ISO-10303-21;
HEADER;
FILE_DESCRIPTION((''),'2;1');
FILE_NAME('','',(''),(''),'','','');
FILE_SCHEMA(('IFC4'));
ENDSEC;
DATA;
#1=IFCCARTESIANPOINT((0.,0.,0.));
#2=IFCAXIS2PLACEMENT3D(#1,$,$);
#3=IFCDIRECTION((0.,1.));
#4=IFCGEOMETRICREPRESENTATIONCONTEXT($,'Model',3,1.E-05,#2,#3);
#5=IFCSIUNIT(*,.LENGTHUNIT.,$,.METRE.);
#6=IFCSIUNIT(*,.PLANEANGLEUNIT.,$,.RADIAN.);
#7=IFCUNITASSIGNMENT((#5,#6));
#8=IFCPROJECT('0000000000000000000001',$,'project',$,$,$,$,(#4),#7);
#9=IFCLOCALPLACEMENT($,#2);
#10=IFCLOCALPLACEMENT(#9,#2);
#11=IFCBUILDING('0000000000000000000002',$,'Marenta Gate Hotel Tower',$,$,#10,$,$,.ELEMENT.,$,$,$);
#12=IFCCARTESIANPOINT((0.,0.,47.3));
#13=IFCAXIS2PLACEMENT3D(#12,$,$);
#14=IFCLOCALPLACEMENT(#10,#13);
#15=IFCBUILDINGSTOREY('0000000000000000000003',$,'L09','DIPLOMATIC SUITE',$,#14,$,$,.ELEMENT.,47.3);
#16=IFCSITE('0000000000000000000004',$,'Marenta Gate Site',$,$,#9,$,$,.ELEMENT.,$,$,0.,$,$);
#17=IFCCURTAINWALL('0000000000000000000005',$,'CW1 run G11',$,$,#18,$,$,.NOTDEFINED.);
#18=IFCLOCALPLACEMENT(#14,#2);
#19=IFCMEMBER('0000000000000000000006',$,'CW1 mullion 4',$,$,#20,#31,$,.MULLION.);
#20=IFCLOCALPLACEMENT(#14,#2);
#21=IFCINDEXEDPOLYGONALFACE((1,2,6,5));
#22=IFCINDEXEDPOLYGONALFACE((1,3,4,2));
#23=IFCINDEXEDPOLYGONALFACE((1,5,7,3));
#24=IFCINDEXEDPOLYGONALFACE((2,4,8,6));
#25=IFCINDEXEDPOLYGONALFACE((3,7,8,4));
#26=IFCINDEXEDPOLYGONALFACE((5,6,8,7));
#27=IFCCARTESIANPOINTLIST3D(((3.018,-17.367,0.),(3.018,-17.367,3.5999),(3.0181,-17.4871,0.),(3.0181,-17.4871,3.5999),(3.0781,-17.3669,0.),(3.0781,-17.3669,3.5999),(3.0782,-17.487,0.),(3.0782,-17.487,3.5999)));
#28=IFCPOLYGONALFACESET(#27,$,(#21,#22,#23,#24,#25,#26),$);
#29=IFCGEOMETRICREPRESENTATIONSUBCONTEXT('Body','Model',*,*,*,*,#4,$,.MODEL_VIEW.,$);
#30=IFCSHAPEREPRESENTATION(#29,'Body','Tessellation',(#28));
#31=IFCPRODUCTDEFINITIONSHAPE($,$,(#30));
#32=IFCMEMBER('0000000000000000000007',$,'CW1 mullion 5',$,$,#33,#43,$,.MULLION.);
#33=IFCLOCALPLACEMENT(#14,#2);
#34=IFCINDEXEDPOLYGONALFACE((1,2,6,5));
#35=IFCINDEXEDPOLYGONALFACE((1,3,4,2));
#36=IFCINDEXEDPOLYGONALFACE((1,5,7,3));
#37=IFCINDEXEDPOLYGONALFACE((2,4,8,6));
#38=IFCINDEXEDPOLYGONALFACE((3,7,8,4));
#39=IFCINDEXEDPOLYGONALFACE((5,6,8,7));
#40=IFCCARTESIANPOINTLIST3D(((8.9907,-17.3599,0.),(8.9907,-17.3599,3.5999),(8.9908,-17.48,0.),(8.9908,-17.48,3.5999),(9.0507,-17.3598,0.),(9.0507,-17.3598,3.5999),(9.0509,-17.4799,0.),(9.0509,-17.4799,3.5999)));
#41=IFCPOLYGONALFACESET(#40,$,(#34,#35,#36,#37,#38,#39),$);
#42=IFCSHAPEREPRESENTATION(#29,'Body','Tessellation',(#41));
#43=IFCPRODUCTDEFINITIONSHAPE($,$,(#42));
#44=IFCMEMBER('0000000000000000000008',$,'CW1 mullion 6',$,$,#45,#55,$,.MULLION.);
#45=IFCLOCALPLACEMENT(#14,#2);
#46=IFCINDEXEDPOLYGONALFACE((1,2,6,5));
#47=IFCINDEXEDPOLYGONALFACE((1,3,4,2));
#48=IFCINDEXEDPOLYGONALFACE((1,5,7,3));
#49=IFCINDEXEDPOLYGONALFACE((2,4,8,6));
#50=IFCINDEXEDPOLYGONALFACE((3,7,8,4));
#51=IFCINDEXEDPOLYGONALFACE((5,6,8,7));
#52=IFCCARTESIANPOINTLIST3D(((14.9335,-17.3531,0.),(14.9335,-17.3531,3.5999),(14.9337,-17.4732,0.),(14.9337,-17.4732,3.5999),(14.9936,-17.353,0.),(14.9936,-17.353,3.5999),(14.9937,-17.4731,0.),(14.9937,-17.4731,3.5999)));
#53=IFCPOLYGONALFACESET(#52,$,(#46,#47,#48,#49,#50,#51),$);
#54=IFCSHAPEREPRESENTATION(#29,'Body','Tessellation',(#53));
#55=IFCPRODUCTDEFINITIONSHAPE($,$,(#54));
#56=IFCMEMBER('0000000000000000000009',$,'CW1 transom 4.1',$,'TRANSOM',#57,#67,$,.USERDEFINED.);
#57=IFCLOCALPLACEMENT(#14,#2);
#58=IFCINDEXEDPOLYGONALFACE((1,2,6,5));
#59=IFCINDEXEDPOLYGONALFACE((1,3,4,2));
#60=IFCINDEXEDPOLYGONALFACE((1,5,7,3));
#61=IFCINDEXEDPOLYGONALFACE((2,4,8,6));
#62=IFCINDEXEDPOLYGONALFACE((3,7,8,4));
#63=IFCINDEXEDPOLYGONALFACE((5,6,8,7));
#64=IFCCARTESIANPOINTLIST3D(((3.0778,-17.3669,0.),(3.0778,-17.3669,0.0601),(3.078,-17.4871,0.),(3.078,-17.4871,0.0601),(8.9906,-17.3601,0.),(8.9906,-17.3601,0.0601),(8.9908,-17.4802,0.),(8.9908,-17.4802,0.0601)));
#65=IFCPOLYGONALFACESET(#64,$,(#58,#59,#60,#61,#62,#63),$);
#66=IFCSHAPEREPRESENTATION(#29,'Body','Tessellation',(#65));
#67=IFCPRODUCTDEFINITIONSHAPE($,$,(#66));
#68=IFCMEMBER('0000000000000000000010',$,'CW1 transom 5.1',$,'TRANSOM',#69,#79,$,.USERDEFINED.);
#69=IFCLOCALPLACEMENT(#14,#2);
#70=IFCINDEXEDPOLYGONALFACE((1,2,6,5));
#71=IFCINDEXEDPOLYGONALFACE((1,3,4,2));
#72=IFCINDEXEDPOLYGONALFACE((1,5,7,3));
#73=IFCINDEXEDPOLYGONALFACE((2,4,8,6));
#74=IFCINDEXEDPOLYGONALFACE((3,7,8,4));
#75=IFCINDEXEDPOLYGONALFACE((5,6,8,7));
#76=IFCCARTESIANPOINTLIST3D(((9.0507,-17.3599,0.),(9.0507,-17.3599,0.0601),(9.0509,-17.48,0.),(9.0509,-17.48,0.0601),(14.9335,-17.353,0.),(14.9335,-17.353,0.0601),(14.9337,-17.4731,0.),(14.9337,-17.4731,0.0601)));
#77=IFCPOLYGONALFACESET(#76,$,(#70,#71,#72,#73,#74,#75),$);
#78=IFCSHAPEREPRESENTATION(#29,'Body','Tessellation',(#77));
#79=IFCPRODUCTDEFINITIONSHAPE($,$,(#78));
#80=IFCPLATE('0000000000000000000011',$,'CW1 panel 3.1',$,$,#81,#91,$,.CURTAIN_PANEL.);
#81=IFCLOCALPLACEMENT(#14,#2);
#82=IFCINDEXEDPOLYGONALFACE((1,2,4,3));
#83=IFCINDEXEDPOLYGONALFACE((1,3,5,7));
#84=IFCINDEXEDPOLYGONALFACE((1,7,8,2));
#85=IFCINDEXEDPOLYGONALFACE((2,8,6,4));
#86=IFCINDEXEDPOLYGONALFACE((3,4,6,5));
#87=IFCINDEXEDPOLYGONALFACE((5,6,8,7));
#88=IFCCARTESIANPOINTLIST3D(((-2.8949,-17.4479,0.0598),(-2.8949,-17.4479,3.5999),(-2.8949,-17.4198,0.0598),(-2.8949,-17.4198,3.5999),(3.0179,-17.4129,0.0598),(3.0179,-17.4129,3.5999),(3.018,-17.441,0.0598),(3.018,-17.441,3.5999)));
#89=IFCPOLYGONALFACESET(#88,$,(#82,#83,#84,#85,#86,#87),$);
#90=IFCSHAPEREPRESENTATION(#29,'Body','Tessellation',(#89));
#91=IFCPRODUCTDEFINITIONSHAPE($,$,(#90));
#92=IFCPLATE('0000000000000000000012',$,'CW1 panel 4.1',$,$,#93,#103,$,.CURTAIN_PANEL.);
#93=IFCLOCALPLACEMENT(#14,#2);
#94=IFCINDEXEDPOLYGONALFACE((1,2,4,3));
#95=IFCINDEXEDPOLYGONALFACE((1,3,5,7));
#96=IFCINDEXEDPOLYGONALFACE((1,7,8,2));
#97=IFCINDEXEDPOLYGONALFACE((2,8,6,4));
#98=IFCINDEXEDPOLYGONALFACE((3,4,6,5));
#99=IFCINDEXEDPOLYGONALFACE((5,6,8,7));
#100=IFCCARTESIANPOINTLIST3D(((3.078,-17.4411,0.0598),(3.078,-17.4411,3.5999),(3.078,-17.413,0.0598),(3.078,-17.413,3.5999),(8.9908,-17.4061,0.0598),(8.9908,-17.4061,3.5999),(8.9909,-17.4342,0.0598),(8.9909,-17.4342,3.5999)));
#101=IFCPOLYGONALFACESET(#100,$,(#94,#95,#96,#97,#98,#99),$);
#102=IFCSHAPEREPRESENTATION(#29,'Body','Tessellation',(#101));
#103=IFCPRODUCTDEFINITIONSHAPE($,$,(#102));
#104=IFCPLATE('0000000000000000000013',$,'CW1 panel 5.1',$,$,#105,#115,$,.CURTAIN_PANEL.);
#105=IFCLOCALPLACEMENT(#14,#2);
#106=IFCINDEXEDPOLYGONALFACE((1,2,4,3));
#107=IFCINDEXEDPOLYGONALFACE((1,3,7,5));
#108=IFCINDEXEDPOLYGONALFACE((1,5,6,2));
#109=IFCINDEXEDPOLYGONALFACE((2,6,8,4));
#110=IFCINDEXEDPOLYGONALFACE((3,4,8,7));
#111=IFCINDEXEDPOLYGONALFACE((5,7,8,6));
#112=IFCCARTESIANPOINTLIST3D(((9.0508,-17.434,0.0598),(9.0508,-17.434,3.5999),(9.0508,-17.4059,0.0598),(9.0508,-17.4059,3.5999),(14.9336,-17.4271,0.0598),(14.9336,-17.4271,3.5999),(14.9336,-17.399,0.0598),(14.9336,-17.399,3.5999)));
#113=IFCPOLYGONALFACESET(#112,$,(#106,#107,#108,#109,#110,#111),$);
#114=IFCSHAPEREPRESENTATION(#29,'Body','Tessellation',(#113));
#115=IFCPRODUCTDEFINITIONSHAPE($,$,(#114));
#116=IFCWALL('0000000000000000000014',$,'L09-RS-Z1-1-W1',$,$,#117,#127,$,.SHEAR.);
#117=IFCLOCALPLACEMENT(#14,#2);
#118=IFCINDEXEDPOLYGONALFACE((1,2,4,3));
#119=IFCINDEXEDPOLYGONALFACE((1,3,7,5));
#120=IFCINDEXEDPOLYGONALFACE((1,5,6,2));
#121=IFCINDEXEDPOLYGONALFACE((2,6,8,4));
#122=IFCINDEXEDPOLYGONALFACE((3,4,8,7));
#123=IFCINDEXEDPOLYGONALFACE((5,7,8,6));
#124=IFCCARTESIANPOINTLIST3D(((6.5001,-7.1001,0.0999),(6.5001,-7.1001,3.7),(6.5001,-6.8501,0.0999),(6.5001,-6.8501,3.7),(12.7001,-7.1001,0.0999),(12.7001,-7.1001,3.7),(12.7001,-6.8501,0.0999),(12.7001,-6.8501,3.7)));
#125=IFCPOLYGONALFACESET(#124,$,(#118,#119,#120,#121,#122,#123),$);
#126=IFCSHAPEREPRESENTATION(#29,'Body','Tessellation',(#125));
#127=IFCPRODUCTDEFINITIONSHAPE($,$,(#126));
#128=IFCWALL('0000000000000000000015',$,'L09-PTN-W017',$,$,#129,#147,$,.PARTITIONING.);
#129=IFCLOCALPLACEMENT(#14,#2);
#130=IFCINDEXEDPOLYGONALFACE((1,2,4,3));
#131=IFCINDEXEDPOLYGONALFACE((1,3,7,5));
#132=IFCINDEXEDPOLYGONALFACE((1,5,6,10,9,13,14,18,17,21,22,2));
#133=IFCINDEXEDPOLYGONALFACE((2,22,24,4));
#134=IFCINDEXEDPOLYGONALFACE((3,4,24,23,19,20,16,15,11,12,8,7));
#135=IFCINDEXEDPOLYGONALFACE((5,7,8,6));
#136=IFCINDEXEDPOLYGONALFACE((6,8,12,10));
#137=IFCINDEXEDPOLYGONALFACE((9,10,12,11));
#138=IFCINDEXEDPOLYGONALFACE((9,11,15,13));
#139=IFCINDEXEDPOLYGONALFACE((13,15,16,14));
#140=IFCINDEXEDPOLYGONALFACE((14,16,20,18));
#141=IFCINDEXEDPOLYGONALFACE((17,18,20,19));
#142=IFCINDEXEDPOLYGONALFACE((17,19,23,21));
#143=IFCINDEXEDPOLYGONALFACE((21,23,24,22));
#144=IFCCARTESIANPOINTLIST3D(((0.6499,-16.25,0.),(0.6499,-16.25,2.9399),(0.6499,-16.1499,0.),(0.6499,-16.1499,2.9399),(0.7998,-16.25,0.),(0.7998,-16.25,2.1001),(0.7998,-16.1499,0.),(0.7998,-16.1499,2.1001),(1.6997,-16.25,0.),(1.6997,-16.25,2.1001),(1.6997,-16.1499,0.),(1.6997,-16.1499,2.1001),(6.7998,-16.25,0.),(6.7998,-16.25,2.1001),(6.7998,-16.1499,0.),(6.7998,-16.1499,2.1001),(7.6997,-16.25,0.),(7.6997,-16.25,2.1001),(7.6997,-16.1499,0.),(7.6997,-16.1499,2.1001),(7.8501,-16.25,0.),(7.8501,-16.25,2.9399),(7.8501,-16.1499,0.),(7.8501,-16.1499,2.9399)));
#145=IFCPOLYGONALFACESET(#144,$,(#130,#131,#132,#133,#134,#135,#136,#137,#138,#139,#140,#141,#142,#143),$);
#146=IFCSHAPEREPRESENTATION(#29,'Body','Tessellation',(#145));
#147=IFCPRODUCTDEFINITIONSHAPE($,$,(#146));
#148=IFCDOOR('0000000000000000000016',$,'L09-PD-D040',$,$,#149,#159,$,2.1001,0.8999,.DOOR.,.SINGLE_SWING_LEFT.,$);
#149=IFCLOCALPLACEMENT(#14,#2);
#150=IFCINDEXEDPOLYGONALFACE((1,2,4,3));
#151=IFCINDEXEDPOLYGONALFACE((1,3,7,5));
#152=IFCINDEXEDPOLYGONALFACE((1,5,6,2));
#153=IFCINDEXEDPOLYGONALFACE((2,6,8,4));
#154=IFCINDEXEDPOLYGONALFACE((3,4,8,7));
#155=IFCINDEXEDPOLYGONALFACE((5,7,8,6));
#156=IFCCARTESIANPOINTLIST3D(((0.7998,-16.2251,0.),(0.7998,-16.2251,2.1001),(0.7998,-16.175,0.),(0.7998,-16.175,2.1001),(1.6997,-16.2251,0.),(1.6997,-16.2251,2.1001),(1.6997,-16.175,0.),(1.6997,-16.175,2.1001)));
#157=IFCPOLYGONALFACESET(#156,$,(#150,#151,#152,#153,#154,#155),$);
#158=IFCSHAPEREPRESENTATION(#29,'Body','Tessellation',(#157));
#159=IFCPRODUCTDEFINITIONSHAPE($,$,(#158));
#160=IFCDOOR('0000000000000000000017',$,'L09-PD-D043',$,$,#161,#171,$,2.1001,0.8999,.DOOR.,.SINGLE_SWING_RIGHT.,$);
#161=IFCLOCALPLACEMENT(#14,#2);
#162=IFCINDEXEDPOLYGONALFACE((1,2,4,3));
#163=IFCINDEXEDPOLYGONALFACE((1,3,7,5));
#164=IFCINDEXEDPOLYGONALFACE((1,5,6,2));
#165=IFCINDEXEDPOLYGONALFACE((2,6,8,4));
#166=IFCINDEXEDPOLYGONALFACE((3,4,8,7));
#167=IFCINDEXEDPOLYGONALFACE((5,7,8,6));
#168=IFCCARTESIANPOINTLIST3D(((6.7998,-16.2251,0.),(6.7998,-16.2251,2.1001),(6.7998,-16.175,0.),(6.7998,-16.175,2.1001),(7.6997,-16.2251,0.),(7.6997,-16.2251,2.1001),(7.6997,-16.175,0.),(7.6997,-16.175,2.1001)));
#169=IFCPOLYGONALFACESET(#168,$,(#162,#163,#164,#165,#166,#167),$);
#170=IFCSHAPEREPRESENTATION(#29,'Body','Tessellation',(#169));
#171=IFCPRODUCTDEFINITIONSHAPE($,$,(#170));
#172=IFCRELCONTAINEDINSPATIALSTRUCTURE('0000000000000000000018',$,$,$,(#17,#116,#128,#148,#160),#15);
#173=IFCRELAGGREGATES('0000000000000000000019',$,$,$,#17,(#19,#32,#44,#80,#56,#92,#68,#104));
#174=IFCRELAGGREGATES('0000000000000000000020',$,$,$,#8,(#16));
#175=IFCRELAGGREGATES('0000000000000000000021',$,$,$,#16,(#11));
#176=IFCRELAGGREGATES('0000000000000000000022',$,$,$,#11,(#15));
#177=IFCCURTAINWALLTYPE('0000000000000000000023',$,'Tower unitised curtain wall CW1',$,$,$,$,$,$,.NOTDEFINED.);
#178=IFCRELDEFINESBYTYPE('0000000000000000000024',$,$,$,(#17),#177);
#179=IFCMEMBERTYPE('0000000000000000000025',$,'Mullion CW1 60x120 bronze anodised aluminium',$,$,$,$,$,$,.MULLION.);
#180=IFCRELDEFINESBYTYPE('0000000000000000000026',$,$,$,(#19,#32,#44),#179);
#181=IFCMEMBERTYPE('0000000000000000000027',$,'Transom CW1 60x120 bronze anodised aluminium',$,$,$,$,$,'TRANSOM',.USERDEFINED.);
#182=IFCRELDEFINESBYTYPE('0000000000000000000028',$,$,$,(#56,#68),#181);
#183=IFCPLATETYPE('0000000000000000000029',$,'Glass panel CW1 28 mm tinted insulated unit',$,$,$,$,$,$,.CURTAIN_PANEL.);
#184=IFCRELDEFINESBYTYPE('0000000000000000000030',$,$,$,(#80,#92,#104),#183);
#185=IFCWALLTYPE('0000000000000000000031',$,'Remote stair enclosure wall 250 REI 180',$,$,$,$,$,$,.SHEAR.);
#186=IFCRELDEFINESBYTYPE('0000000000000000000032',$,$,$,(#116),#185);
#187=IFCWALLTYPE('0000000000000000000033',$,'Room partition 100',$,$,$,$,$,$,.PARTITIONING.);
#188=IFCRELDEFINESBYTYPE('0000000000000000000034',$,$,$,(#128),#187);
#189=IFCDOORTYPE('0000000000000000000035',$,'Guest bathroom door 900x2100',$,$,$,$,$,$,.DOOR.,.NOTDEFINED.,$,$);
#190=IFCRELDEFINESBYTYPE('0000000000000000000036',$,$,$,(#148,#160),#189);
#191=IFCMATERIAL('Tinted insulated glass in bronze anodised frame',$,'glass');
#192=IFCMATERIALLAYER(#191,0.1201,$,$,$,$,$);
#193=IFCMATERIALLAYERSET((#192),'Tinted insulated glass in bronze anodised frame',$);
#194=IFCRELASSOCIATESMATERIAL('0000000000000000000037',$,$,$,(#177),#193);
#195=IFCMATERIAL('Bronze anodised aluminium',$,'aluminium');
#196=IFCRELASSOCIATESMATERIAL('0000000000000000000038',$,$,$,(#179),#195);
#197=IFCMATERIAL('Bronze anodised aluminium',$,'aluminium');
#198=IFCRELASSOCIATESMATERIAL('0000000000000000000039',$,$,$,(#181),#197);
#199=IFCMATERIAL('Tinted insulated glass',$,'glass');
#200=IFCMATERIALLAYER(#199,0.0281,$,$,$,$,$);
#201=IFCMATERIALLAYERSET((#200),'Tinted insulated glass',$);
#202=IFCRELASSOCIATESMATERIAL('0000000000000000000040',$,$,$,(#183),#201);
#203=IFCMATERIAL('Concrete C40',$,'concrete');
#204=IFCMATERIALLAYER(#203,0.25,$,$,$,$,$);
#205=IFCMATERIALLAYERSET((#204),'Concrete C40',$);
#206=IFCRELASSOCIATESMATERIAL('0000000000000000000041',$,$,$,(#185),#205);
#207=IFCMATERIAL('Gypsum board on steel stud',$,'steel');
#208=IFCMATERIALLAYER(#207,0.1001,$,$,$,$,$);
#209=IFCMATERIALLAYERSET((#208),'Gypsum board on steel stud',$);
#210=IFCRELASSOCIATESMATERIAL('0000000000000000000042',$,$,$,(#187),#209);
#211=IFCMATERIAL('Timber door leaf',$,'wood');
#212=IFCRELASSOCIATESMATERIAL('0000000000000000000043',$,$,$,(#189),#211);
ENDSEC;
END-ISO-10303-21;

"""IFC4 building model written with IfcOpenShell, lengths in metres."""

from ifc_helpers import new_model, si_unit, direction, frame, frame_2d, origin, origin_2d, place, context, subcontext, project, spatial, rectangle, extrude, material, layer, layer_set, material_profile, profile_set, type_object, element, fill, aggregate, save


model = new_model("IFC4")

# Units and contexts
model_context = context("Model", 3, precision=1e-05, world=origin(), true_north=direction((0.0, 1.0)))
body_context = subcontext(model_context, "Body", "Model", "MODEL_VIEW")
ifc_project = project(units=[si_unit("LENGTHUNIT", "METRE"), si_unit("PLANEANGLEUNIT", "RADIAN")], contexts=[model_context])

# Site, building, storey
site_placement = place(None, origin())
site = spatial("IfcSite", under=ifc_project, at=site_placement, Name="Marenta Gate Site", CompositionType="ELEMENT", RefElevation=0.0)
building_placement = place(site_placement, origin())
building = spatial("IfcBuilding", under=site, at=building_placement, Name="Marenta Gate Hotel Tower", CompositionType="ELEMENT")
storey_placement = place(building_placement, frame((0.0, 0.0, 47.3)))
storey = spatial("IfcBuildingStorey", under=building, at=storey_placement, Name="L09", Description="DIPLOMATIC SUITE", CompositionType="ELEMENT", Elevation=47.3)

# Curtain wall, members, plates
ifc_material_1 = material(Name="Tinted insulated glass in bronze anodised frame", Category="glass")
ifc_layer_1 = layer(ifc_material_1, 0.1201)
ifc_layer_set_1 = layer_set([ifc_layer_1], Name="Tinted insulated glass in bronze anodised frame")
curtain_wall_type = type_object("IfcCurtainWallType", Name="Tower unitised curtain wall CW1", PredefinedType="NOTDEFINED", material=ifc_layer_set_1)
curtain_wall_placement = place(storey_placement, origin())
curtain_wall = element("IfcCurtainWall", 1, at=curtain_wall_placement, inside=storey, type_object=curtain_wall_type, Name="CW1 run G11", PredefinedType="NOTDEFINED")
ifc_material_2 = material(Name="Bronze anodised aluminium", Category="aluminium")
ifc_material_profile_1 = material_profile(ifc_material_2, rectangle(XDim=0.1201, YDim=0.0601, at=origin_2d()), Name="Mullion CW1 60x120 bronze anodised aluminium")
ifc_profile_set_1 = profile_set([ifc_material_profile_1], Name="Bronze anodised aluminium")
member_type_1 = type_object("IfcMemberType", Name="Mullion CW1 60x120 bronze anodised aluminium", PredefinedType="MULLION", material=ifc_profile_set_1)
member_1_placement = place(storey_placement, frame((3.0481, -17.427, 0.0), z_axis=(0.0, 0.0, 1.0), x_axis=(-0.001162, 0.999999, 0.0)))
member_1 = element("IfcMember", 2, at=member_1_placement, type_object=member_type_1, Name="CW1 mullion 4", PredefinedType="MULLION", context=body_context, shape_type="SweptSolid", body=[
    extrude(rectangle(XDim=0.1201, YDim=0.0601, at=origin_2d()), origin(), (0.0, 0.0, 1.0), 3.5999),
])
member_2_placement = place(storey_placement, frame((9.0208, -17.4199, 0.0), z_axis=(0.0, 0.0, 1.0), x_axis=(-0.001162, 0.999999, 0.0)))
member_2 = element("IfcMember", 3, at=member_2_placement, type_object=member_type_1, Name="CW1 mullion 5", PredefinedType="MULLION", context=body_context, shape_type="SweptSolid", body=[
    extrude(rectangle(XDim=0.1201, YDim=0.0601, at=origin_2d()), origin(), (0.0, 0.0, 1.0), 3.5999),
])
member_3_placement = place(storey_placement, frame((14.9636, -17.4131, 0.0), z_axis=(0.0, 0.0, 1.0), x_axis=(-0.001162, 0.999999, 0.0)))
member_3 = element("IfcMember", 4, at=member_3_placement, type_object=member_type_1, Name="CW1 mullion 6", PredefinedType="MULLION", context=body_context, shape_type="SweptSolid", body=[
    extrude(rectangle(XDim=0.1201, YDim=0.0601, at=origin_2d()), origin(), (0.0, 0.0, 1.0), 3.5999),
])
ifc_material_3 = material(Name="Bronze anodised aluminium", Category="aluminium")
ifc_material_profile_2 = material_profile(ifc_material_3, rectangle(XDim=0.1201, YDim=0.0601, at=origin_2d()), Name="Transom CW1 60x120 bronze anodised aluminium")
ifc_profile_set_2 = profile_set([ifc_material_profile_2], Name="Bronze anodised aluminium")
member_type_2 = type_object("IfcMemberType", Name="Transom CW1 60x120 bronze anodised aluminium", ElementType="TRANSOM", PredefinedType="USERDEFINED", material=ifc_profile_set_2)
member_4_placement = place(storey_placement, frame((3.0779, -17.427, 0.03), z_axis=(0.999999, 0.001156, 0.0), x_axis=(-0.001156, 0.999999, 0.0)))
member_4 = element("IfcMember", 5, at=member_4_placement, type_object=member_type_2, Name="CW1 transom 4.1", ObjectType="TRANSOM", PredefinedType="USERDEFINED", context=body_context, shape_type="SweptSolid", body=[
    extrude(rectangle(XDim=0.1201, YDim=0.0601, at=origin_2d()), origin(), (0.0, 0.0, 1.0), 5.9128),
])
member_5_placement = place(storey_placement, frame((9.0508, -17.4199, 0.03), z_axis=(0.999999, 0.001162, 0.0), x_axis=(-0.001162, 0.999999, 0.0)))
member_5 = element("IfcMember", 6, at=member_5_placement, type_object=member_type_2, Name="CW1 transom 5.1", ObjectType="TRANSOM", PredefinedType="USERDEFINED", context=body_context, shape_type="SweptSolid", body=[
    extrude(rectangle(XDim=0.1201, YDim=0.0601, at=origin_2d()), origin(), (0.0, 0.0, 1.0), 5.8828),
])
ifc_material_4 = material(Name="Tinted insulated glass", Category="glass")
ifc_layer_2 = layer(ifc_material_4, 0.0281)
ifc_layer_set_2 = layer_set([ifc_layer_2], Name="Tinted insulated glass")
plate_type = type_object("IfcPlateType", Name="Glass panel CW1 28 mm tinted insulated unit", PredefinedType="CURTAIN_PANEL", material=ifc_layer_set_2)
plate_1_placement = place(storey_placement, frame((0.0615, -17.4304, 0.0598), z_axis=(0.0, 0.0, 1.0), x_axis=(0.999999, 0.001162, 0.0)))
plate_1 = element("IfcPlate", 7, at=plate_1_placement, type_object=plate_type, Name="CW1 panel 3.1", PredefinedType="CURTAIN_PANEL", context=body_context, shape_type="SweptSolid", body=[
    extrude(rectangle(XDim=5.9128, YDim=0.0281, at=origin_2d()), origin(), (0.0, 0.0, 1.0), 3.54),
])
plate_2_placement = place(storey_placement, frame((6.0344, -17.4236, 0.0598), z_axis=(0.0, 0.0, 1.0), x_axis=(0.999999, 0.001162, 0.0)))
plate_2 = element("IfcPlate", 8, at=plate_2_placement, type_object=plate_type, Name="CW1 panel 4.1", PredefinedType="CURTAIN_PANEL", context=body_context, shape_type="SweptSolid", body=[
    extrude(rectangle(XDim=5.9128, YDim=0.0281, at=origin_2d()), origin(), (0.0, 0.0, 1.0), 3.54),
])
plate_3_placement = place(storey_placement, frame((11.9922, -17.4165, 0.0598), z_axis=(0.0, 0.0, 1.0), x_axis=(0.999999, 0.001162, 0.0)))
plate_3 = element("IfcPlate", 9, at=plate_3_placement, type_object=plate_type, Name="CW1 panel 5.1", PredefinedType="CURTAIN_PANEL", context=body_context, shape_type="SweptSolid", body=[
    extrude(rectangle(XDim=5.8828, YDim=0.0281, at=origin_2d()), origin(), (0.0, 0.0, 1.0), 3.54),
])
aggregate(curtain_wall, [member_1, member_2, member_3, plate_1, member_4, plate_2, member_5, plate_3])

# Wall
ifc_material_5 = material(Name="Concrete C40", Category="concrete")
ifc_layer_3 = layer(ifc_material_5, 0.25)
ifc_layer_set_3 = layer_set([ifc_layer_3], Name="Concrete C40")
wall_type_1 = type_object("IfcWallType", Name="Remote stair enclosure wall 250 REI 180", PredefinedType="SHEAR", material=ifc_layer_set_3)
wall_1_placement = place(storey_placement, frame((6.5, -6.9751, 0.0999), z_axis=(0.0, 0.0, 1.0), x_axis=(1.0, 0.0, 0.0)))
element("IfcWall", 10, at=wall_1_placement, inside=storey, type_object=wall_type_1, Name="L09-RS-Z1-1-W1", PredefinedType="SHEAR", context=body_context, shape_type="SweptSolid", body=[
    extrude(rectangle(XDim=6.2, YDim=0.25, at=frame_2d((3.1001, 0.0))), origin(), (0.0, 0.0, 1.0), 3.6001),
])

# Wall, openings, doors
ifc_material_6 = material(Name="Gypsum board on steel stud", Category="steel")
ifc_layer_4 = layer(ifc_material_6, 0.1001)
ifc_layer_set_4 = layer_set([ifc_layer_4], Name="Gypsum board on steel stud")
wall_type_2 = type_object("IfcWallType", Name="Room partition 100", PredefinedType="PARTITIONING", material=ifc_layer_set_4)
wall_2_placement = place(storey_placement, frame((0.6499, -16.2, 0.0), z_axis=(0.0, 0.0, 1.0), x_axis=(1.0, 0.0, 0.0)))
wall_2 = element("IfcWall", 11, at=wall_2_placement, inside=storey, type_object=wall_type_2, Name="L09-PTN-W017", PredefinedType="PARTITIONING", context=body_context, shape_type="SweptSolid", body=[
    extrude(rectangle(XDim=7.2002, YDim=0.1001, at=frame_2d((3.6001, 0.0))), origin(), (0.0, 0.0, 1.0), 2.9399),
])
opening_1_placement = place(wall_2_placement, frame((0.1499, 0.0, 0.0)))
opening_1 = element("IfcOpeningElement", 12, at=opening_1_placement, cuts=wall_2, PredefinedType="OPENING", context=body_context, shape_type="SweptSolid", body=[
    extrude(rectangle(XDim=0.8999, YDim=2.1001, at=frame_2d((0.45, 1.05))), frame((0.0, 0.05, 0.0), z_axis=(0.0, -1.0, 0.0), x_axis=(1.0, 0.0, 0.0)), (0.0, 0.0, 1.0), 0.1001),
])
opening_2_placement = place(wall_2_placement, frame((6.1499, 0.0, 0.0)))
opening_2 = element("IfcOpeningElement", 13, at=opening_2_placement, cuts=wall_2, PredefinedType="OPENING", context=body_context, shape_type="SweptSolid", body=[
    extrude(rectangle(XDim=0.8999, YDim=2.1001, at=frame_2d((0.45, 1.05))), frame((0.0, 0.05, 0.0), z_axis=(0.0, -1.0, 0.0), x_axis=(1.0, 0.0, 0.0)), (0.0, 0.0, 1.0), 0.1001),
])
ifc_material_7 = material(Name="Timber door leaf", Category="wood")
door_type_1 = type_object("IfcDoorType", Name="Guest bathroom door 900x2100", OperationType="NOTDEFINED", PredefinedType="DOOR", material=ifc_material_7)
door_1_placement = place(opening_1_placement, origin())
door_1 = element("IfcDoor", 14, at=door_1_placement, inside=storey, type_object=door_type_1, Name="L09-PD-D040", OperationType="SINGLE_SWING_LEFT", OverallHeight=2.1001, OverallWidth=0.8999, PredefinedType="DOOR", context=body_context, shape_type="SweptSolid", body=[
    extrude(rectangle(XDim=0.8999, YDim=2.1001, at=frame_2d((0.45, 1.05))), frame((0.0, 0.0249, 0.0), z_axis=(0.0, -1.0, 0.0), x_axis=(1.0, 0.0, 0.0)), (0.0, 0.0, 1.0), 0.05),
])
fill(opening_1, door_1)
door_2_placement = place(opening_2_placement, origin())
door_2 = element("IfcDoor", 15, at=door_2_placement, inside=storey, type_object=door_type_1, Name="L09-PD-D043", OperationType="SINGLE_SWING_RIGHT", OverallHeight=2.1001, OverallWidth=0.8999, PredefinedType="DOOR", context=body_context, shape_type="SweptSolid", body=[
    extrude(rectangle(XDim=0.8999, YDim=2.1001, at=frame_2d((0.45, 1.05))), frame((0.0, 0.0249, 0.0), z_axis=(0.0, -1.0, 0.0), x_axis=(1.0, 0.0, 0.0)), (0.0, 0.0, 1.0), 0.05),
])
fill(opening_2, door_2)

save(model, "model.ifc")
